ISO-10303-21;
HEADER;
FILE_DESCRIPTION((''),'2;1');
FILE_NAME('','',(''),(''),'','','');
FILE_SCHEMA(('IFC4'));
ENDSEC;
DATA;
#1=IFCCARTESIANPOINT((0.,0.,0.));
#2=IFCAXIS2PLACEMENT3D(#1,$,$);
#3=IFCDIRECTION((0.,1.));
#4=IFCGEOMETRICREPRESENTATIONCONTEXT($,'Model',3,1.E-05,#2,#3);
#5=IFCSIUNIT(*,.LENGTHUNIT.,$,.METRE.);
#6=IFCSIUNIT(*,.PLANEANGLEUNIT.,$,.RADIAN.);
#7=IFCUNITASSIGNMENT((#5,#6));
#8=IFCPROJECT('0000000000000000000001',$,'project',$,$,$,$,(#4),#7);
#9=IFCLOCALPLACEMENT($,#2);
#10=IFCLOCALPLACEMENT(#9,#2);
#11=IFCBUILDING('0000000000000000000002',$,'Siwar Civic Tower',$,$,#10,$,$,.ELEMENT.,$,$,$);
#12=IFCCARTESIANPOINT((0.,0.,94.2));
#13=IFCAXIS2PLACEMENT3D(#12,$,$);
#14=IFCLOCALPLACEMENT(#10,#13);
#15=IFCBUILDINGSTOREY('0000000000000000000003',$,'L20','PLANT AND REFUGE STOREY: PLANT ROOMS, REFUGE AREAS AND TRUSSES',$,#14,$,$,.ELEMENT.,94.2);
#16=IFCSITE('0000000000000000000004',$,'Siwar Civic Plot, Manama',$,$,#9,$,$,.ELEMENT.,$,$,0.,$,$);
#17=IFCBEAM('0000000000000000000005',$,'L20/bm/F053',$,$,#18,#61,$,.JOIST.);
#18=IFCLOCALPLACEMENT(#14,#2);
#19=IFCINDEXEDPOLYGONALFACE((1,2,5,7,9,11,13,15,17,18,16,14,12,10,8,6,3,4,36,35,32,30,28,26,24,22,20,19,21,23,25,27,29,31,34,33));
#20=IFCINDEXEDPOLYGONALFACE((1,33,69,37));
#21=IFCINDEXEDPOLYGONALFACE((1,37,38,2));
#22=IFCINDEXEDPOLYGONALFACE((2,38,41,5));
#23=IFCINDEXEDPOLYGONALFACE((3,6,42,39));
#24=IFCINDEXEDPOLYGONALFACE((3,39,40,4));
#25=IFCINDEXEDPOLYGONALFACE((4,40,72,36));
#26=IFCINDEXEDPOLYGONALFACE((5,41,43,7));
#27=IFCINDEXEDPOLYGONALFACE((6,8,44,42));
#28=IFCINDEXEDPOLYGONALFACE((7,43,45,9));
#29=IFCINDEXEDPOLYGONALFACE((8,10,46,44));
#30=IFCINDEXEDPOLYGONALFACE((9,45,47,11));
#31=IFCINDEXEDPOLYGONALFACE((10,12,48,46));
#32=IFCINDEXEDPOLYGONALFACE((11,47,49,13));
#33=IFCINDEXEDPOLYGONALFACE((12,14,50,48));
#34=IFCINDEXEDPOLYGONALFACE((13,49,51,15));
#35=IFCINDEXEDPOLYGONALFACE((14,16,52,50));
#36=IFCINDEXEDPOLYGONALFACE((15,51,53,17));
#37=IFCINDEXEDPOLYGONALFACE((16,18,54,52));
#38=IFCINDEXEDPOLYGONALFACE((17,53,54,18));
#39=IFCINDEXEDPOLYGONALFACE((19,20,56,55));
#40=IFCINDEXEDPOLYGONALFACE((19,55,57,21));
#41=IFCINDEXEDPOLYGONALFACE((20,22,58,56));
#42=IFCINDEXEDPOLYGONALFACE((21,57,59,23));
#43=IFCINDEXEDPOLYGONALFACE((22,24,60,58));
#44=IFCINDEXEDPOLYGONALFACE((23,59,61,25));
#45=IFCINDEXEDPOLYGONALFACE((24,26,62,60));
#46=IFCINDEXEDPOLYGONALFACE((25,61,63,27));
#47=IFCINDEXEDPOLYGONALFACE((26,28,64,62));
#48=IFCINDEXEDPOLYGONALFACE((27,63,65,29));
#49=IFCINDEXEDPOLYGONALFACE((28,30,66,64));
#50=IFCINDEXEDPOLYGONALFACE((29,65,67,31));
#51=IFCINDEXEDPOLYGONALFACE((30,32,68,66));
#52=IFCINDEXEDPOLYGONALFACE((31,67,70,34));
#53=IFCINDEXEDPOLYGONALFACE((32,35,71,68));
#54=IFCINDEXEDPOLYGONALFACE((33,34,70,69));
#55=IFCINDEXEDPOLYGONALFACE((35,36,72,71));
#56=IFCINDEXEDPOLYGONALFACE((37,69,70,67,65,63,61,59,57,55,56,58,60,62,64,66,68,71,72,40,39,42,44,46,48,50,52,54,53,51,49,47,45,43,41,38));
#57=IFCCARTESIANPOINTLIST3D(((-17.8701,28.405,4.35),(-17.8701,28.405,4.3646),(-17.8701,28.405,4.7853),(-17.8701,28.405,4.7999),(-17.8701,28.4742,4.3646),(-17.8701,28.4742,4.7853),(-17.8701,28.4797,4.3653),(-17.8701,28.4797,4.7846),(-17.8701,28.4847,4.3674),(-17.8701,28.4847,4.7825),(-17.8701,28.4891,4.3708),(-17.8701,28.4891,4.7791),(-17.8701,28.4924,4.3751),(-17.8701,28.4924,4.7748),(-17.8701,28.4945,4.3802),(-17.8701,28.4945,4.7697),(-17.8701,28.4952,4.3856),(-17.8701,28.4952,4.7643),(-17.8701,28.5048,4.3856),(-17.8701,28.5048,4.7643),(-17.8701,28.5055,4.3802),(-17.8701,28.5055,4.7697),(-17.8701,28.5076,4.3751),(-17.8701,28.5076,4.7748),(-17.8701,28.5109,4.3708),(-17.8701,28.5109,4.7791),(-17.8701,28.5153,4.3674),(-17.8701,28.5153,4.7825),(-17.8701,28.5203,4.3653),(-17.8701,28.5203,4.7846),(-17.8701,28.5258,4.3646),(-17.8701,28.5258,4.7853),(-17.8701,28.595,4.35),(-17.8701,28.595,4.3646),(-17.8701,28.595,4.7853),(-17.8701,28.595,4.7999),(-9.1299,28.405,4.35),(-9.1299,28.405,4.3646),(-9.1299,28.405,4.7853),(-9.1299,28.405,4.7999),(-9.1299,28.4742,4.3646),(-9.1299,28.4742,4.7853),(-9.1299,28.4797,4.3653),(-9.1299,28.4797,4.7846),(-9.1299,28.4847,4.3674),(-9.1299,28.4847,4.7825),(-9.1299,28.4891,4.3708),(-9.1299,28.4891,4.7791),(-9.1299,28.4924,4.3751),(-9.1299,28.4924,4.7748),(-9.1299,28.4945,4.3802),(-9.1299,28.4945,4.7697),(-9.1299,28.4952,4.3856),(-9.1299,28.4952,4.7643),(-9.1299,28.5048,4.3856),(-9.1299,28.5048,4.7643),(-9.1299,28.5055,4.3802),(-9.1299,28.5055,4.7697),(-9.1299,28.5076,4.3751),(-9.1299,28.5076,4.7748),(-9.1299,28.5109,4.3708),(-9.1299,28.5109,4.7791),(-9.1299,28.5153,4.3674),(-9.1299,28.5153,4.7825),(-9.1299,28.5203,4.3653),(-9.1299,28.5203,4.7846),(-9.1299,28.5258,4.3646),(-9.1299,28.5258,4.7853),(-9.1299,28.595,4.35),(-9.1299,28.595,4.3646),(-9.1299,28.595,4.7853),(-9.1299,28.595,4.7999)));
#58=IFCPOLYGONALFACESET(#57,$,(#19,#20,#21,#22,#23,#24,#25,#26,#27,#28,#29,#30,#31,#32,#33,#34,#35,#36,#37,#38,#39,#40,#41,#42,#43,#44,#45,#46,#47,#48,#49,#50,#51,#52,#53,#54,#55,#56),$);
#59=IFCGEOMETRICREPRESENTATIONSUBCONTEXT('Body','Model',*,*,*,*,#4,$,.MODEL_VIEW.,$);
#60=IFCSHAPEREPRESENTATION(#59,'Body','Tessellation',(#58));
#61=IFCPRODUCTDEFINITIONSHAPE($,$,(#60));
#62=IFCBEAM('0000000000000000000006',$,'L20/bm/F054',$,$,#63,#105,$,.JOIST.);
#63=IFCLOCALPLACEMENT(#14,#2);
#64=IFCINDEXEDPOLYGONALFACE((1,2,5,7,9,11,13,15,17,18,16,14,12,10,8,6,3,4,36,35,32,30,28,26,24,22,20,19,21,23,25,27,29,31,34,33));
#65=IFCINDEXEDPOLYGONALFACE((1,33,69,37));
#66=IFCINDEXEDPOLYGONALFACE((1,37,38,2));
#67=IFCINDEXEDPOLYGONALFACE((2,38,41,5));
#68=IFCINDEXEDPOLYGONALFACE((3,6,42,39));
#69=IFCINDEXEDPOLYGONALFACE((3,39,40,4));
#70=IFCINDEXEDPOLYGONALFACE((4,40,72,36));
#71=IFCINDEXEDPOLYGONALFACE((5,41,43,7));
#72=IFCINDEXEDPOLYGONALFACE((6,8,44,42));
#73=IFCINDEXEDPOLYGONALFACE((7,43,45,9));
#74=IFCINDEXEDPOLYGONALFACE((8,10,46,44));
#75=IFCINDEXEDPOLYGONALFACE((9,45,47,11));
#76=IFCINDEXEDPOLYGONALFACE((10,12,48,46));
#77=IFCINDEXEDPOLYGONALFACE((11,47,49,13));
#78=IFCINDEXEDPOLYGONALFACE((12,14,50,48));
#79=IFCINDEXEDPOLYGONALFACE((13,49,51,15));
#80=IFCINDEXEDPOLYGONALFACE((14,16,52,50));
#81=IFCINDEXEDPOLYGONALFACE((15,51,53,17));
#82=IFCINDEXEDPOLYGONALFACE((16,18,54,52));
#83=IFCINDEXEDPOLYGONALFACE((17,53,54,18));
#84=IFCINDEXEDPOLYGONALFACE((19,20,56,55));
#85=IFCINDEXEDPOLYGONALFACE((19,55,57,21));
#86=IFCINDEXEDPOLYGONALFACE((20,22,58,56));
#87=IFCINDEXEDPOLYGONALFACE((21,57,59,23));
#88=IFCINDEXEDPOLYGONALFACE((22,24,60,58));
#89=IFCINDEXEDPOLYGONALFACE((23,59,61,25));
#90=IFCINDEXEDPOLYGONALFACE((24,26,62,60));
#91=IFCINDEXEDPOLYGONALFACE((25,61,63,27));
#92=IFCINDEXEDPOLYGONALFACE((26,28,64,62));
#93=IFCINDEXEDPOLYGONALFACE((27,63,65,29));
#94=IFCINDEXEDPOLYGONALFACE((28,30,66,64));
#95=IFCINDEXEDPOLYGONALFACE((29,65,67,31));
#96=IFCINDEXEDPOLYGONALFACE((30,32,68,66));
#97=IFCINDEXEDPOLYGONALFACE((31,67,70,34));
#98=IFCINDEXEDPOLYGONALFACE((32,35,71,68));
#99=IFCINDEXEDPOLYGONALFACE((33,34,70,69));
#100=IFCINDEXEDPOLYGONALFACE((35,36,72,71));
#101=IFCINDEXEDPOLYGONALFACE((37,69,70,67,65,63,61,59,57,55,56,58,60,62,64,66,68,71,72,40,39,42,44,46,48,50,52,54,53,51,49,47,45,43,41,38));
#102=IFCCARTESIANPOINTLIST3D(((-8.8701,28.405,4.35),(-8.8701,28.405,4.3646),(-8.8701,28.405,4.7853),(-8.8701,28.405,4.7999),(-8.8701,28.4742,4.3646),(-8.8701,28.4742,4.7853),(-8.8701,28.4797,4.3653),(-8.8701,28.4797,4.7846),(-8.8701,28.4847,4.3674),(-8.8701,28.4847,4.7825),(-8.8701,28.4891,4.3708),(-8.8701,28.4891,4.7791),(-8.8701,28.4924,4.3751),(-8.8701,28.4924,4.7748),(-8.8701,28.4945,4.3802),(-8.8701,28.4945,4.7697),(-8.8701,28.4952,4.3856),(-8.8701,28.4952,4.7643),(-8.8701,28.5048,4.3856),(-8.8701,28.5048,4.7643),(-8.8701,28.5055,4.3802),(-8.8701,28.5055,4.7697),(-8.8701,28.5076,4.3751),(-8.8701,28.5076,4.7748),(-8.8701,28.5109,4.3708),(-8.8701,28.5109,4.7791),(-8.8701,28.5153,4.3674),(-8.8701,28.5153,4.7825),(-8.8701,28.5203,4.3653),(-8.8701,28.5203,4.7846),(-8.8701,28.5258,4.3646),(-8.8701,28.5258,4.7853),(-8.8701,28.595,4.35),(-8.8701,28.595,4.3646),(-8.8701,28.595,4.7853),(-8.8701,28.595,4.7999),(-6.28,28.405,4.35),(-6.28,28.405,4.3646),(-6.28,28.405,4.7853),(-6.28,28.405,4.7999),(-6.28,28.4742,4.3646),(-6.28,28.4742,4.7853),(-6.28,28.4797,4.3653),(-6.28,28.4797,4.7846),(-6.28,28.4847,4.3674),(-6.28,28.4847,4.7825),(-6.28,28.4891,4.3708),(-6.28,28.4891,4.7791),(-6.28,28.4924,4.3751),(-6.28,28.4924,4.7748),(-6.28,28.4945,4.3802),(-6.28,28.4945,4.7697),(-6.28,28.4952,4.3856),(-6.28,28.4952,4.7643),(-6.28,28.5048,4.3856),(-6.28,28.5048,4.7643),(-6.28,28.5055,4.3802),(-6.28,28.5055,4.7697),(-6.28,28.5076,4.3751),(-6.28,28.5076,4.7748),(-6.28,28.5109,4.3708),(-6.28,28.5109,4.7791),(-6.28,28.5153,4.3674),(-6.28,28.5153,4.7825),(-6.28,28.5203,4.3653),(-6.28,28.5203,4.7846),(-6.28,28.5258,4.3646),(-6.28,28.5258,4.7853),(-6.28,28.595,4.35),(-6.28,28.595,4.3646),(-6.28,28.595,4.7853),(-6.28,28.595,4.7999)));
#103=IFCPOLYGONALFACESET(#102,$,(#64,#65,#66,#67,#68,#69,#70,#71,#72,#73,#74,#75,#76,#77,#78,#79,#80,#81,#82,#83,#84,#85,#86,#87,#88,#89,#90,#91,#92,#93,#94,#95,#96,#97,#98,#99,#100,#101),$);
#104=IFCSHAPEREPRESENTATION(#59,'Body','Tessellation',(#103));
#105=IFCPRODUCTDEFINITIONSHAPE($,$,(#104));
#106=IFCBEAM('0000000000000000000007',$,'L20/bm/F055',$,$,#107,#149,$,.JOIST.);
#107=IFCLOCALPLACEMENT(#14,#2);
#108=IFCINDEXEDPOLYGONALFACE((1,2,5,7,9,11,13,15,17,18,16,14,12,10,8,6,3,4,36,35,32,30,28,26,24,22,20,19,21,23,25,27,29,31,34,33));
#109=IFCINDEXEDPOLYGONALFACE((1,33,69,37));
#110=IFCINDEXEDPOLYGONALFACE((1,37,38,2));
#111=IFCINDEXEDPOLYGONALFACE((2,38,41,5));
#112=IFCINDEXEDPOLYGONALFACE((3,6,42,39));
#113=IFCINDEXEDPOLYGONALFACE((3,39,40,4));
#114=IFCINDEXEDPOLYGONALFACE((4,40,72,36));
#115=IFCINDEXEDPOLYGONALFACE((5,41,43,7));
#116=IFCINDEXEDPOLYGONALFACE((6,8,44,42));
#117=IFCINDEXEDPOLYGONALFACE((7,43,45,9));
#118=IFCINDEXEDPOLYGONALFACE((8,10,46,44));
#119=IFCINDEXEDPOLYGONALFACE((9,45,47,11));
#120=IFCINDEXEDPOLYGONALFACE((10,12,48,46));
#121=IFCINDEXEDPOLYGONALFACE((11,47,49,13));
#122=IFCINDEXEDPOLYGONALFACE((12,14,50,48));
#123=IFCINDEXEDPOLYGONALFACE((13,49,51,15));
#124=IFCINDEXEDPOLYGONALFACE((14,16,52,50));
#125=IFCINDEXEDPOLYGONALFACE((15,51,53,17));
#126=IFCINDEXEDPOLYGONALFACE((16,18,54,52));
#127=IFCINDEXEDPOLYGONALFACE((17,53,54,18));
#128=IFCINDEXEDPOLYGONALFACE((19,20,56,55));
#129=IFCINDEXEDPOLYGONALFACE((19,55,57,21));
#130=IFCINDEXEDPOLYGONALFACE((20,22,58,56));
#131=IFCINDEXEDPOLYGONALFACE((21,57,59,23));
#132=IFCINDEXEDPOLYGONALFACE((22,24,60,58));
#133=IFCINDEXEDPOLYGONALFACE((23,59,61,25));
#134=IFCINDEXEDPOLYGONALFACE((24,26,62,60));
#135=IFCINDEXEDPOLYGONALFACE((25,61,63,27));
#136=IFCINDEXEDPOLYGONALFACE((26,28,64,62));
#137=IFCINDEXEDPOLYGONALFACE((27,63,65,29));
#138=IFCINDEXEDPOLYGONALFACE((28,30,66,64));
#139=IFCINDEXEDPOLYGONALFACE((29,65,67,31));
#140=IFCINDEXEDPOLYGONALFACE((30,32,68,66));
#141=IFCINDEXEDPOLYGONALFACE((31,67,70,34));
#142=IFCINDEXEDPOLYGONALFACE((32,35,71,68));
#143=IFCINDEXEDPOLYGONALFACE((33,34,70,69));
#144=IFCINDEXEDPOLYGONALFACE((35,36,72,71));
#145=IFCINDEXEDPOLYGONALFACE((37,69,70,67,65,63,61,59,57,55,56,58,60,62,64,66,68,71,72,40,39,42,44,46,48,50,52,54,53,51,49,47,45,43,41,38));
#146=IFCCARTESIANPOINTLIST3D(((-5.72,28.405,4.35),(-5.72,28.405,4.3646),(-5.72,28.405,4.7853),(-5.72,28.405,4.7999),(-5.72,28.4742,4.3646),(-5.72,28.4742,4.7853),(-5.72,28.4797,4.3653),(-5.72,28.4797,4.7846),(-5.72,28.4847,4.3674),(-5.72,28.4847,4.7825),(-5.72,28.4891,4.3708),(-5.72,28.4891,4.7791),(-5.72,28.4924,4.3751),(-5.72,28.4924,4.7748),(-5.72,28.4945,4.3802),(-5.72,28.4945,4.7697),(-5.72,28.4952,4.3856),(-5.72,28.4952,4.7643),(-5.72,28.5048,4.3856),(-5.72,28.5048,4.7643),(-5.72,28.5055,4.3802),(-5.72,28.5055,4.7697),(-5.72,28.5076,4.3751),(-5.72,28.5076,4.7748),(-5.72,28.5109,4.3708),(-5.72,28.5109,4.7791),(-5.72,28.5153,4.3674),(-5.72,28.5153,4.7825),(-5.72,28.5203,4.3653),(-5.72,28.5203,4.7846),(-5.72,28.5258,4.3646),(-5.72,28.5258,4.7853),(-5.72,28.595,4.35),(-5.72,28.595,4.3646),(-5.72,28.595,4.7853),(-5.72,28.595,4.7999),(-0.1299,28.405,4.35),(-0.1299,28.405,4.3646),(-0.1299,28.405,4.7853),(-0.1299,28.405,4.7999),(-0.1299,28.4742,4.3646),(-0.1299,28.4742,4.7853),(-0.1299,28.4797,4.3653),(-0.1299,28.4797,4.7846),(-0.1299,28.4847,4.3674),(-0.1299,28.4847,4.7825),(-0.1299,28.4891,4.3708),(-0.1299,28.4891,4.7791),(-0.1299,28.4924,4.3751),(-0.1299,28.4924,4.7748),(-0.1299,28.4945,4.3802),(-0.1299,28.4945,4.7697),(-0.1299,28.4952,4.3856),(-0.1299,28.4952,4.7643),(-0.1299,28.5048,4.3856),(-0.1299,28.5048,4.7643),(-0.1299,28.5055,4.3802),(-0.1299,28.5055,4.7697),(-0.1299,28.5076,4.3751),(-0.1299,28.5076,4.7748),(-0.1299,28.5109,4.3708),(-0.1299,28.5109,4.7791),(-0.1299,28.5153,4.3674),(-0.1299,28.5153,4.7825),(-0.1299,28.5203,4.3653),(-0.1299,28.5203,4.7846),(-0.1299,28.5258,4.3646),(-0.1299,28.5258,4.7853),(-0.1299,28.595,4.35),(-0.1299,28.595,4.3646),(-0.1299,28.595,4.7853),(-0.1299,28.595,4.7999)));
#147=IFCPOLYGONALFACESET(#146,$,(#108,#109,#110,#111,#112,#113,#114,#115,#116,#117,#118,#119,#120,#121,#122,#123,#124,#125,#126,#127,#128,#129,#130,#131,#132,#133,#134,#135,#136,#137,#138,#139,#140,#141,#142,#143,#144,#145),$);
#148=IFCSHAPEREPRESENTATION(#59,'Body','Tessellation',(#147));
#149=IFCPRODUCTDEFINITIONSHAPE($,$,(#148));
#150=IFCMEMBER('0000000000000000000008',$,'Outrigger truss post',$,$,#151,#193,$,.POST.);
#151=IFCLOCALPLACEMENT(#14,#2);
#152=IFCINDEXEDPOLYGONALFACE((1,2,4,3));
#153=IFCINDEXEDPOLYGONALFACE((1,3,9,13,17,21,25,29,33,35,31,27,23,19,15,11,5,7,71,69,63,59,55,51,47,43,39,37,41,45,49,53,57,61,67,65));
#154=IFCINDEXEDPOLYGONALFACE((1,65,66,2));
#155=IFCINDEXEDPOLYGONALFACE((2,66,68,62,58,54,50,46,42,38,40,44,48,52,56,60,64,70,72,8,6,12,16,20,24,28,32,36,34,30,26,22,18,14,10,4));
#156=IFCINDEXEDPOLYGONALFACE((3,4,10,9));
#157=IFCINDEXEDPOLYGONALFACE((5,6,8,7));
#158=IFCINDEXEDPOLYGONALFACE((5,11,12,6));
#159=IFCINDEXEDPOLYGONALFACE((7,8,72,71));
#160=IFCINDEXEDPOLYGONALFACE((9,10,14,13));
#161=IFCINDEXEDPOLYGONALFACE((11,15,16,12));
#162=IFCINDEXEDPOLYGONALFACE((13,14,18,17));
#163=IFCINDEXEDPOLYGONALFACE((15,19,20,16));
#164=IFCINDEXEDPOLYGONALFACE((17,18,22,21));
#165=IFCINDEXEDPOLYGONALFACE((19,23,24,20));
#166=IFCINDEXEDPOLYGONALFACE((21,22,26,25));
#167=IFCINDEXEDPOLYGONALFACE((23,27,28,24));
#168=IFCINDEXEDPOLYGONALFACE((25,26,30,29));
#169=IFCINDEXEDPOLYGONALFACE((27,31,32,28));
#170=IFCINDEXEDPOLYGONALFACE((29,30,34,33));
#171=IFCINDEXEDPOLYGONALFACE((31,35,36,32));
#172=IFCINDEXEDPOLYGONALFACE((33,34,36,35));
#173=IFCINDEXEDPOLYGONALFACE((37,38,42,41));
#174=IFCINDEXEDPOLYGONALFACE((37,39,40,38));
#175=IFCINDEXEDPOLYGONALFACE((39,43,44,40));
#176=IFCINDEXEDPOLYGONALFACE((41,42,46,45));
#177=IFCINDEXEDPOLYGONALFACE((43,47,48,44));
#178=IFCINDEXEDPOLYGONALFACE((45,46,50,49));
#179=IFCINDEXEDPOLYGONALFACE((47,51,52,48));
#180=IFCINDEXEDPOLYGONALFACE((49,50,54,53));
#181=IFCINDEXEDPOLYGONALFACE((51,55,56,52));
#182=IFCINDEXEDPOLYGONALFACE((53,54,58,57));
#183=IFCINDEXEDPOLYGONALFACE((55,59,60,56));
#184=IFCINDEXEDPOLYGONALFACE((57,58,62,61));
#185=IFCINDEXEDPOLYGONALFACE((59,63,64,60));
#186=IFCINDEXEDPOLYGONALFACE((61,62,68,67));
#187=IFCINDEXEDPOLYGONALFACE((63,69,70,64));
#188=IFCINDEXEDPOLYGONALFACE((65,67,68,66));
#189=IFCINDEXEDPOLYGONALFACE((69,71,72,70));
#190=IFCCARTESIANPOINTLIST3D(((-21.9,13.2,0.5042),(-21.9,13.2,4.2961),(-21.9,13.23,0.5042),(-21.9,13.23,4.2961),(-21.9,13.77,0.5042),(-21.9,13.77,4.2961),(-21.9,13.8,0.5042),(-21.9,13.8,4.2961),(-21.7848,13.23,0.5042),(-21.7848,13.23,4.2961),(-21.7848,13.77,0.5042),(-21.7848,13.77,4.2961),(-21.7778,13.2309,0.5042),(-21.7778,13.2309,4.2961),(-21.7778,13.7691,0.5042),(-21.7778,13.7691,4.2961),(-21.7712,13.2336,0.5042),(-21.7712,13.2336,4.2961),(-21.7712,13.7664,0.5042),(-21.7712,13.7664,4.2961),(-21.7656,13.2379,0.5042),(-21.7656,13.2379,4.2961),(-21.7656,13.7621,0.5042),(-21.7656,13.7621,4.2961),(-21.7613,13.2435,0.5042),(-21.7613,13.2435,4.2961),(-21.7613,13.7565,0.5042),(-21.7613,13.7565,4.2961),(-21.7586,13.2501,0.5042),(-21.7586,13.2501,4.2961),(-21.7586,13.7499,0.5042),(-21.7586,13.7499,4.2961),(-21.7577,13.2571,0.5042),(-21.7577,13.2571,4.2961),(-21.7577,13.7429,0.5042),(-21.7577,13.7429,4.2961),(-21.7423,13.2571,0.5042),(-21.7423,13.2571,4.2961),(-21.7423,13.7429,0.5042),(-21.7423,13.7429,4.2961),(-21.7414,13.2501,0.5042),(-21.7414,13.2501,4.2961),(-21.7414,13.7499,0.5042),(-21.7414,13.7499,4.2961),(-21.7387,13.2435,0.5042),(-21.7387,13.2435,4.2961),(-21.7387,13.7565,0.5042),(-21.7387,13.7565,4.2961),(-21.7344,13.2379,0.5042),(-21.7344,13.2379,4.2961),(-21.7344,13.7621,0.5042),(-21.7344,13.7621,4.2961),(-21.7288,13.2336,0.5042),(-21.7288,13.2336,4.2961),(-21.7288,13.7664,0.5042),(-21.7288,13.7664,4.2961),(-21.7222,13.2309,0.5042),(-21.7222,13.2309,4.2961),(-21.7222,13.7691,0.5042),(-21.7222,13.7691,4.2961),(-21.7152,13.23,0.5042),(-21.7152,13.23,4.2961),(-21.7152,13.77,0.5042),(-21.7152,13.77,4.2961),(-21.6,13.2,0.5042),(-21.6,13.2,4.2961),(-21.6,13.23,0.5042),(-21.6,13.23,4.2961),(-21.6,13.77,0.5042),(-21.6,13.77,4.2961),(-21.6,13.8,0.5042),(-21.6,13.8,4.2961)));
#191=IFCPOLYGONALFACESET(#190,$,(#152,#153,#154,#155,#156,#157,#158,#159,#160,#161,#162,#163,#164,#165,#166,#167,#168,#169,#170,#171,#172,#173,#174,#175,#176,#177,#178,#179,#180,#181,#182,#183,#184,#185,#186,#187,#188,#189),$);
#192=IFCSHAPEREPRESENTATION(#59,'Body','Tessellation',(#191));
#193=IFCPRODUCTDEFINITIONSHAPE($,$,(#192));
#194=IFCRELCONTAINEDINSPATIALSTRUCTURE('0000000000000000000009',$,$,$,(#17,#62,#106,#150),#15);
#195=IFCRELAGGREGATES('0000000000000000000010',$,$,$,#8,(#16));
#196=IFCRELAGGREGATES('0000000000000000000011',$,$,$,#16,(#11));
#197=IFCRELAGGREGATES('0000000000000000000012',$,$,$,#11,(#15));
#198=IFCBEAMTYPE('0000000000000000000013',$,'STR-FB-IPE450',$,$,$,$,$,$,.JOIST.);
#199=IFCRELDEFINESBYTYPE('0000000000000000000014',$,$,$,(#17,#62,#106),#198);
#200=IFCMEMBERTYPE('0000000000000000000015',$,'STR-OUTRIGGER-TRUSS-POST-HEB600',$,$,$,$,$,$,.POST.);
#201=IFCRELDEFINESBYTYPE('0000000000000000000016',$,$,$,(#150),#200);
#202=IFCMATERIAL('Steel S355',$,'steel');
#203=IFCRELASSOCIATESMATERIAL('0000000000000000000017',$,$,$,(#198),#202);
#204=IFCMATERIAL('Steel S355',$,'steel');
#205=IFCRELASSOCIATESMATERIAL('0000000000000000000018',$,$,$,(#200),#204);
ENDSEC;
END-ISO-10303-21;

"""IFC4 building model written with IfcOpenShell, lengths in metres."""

from ifc_helpers import new_model, si_unit, direction, frame, origin, origin_2d, place, context, subcontext, project, spatial, i_section, extrude, material, material_profile, profile_set, type_object, element, save


model = new_model("IFC4")

# Units and contexts
model_context = context("Model", 3, precision=1e-05, world=origin(), true_north=direction((0.0, 1.0)))
body_context = subcontext(model_context, "Body", "Model", "MODEL_VIEW")
ifc_project = project(units=[si_unit("LENGTHUNIT", "METRE"), si_unit("PLANEANGLEUNIT", "RADIAN")], contexts=[model_context])

# Site, building, storey
site_placement = place(None, origin())
site = spatial("IfcSite", under=ifc_project, at=site_placement, Name="Siwar Civic Plot, Manama", CompositionType="ELEMENT", RefElevation=0.0)
building_placement = place(site_placement, origin())
building = spatial("IfcBuilding", under=site, at=building_placement, Name="Siwar Civic Tower", CompositionType="ELEMENT")
storey_placement = place(building_placement, frame((0.0, 0.0, 94.2)))
storey = spatial("IfcBuildingStorey", under=building, at=storey_placement, Name="L20", Description="PLANT AND REFUGE STOREY: PLANT ROOMS, REFUGE AREAS AND TRUSSES", CompositionType="ELEMENT", Elevation=94.2)

# Beams
ifc_material_1 = material(Name="Steel S355", Category="steel")
ifc_material_profile_1 = material_profile(ifc_material_1, i_section(OverallWidth=0.1899, OverallDepth=0.45, WebThickness=0.0095, FlangeThickness=0.0146, FilletRadius=0.021, at=origin_2d()), Name="IPE450")
ifc_profile_set_1 = profile_set([ifc_material_profile_1], Name="Steel S355")
beam_type_1 = type_object("IfcBeamType", Name="STR-FB-IPE450", PredefinedType="JOIST", material=ifc_profile_set_1)
beam_1_placement = place(storey_placement, frame((-17.8701, 28.5, 4.575), z_axis=(1.0, 0.0, 0.0), x_axis=(0.0, 1.0, 0.0)))
element("IfcBeam", 1, at=beam_1_placement, inside=storey, type_object=beam_type_1, Name="L20/bm/F053", PredefinedType="JOIST", context=body_context, shape_type="SweptSolid", body=[
    extrude(i_section(OverallWidth=0.1899, OverallDepth=0.45, WebThickness=0.0095, FlangeThickness=0.0146, FilletRadius=0.021, at=origin_2d()), origin(), (0.0, 0.0, 1.0), 8.7402),
])
beam_2_placement = place(storey_placement, frame((-8.8701, 28.5, 4.575), z_axis=(1.0, 0.0, 0.0), x_axis=(0.0, 1.0, 0.0)))
element("IfcBeam", 2, at=beam_2_placement, inside=storey, type_object=beam_type_1, Name="L20/bm/F054", PredefinedType="JOIST", context=body_context, shape_type="SweptSolid", body=[
    extrude(i_section(OverallWidth=0.1899, OverallDepth=0.45, WebThickness=0.0095, FlangeThickness=0.0146, FilletRadius=0.021, at=origin_2d()), origin(), (0.0, 0.0, 1.0), 2.5901),
])
beam_3_placement = place(storey_placement, frame((-5.72, 28.5, 4.575), z_axis=(1.0, 0.0, 0.0), x_axis=(0.0, 1.0, 0.0)))
element("IfcBeam", 3, at=beam_3_placement, inside=storey, type_object=beam_type_1, Name="L20/bm/F055", PredefinedType="JOIST", context=body_context, shape_type="SweptSolid", body=[
    extrude(i_section(OverallWidth=0.1899, OverallDepth=0.45, WebThickness=0.0095, FlangeThickness=0.0146, FilletRadius=0.021, at=origin_2d()), origin(), (0.0, 0.0, 1.0), 5.5901),
])

# Member
ifc_material_2 = material(Name="Steel S355", Category="steel")
ifc_material_profile_2 = material_profile(ifc_material_2, i_section(OverallWidth=0.3, OverallDepth=0.6001, WebThickness=0.0154, FlangeThickness=0.03, FilletRadius=0.0271, at=origin_2d()), Name="HEB600")
ifc_profile_set_2 = profile_set([ifc_material_profile_2], Name="Steel S355")
member_type_1 = type_object("IfcMemberType", Name="STR-OUTRIGGER-TRUSS-POST-HEB600", PredefinedType="POST", material=ifc_profile_set_2)
member_1_placement = place(storey_placement, frame((-21.75, 13.5, 0.5042), z_axis=(0.0, 0.0, 1.0), x_axis=(1.0, 0.0, 0.0)))
element("IfcMember", 4, at=member_1_placement, inside=storey, type_object=member_type_1, Name="Outrigger truss post", PredefinedType="POST", context=body_context, shape_type="SweptSolid", body=[
    extrude(i_section(OverallWidth=0.3, OverallDepth=0.6001, WebThickness=0.0154, FlangeThickness=0.03, FilletRadius=0.0271, at=origin_2d()), origin(), (0.0, 0.0, 1.0), 3.792),
])

save(model, "model.ifc")
